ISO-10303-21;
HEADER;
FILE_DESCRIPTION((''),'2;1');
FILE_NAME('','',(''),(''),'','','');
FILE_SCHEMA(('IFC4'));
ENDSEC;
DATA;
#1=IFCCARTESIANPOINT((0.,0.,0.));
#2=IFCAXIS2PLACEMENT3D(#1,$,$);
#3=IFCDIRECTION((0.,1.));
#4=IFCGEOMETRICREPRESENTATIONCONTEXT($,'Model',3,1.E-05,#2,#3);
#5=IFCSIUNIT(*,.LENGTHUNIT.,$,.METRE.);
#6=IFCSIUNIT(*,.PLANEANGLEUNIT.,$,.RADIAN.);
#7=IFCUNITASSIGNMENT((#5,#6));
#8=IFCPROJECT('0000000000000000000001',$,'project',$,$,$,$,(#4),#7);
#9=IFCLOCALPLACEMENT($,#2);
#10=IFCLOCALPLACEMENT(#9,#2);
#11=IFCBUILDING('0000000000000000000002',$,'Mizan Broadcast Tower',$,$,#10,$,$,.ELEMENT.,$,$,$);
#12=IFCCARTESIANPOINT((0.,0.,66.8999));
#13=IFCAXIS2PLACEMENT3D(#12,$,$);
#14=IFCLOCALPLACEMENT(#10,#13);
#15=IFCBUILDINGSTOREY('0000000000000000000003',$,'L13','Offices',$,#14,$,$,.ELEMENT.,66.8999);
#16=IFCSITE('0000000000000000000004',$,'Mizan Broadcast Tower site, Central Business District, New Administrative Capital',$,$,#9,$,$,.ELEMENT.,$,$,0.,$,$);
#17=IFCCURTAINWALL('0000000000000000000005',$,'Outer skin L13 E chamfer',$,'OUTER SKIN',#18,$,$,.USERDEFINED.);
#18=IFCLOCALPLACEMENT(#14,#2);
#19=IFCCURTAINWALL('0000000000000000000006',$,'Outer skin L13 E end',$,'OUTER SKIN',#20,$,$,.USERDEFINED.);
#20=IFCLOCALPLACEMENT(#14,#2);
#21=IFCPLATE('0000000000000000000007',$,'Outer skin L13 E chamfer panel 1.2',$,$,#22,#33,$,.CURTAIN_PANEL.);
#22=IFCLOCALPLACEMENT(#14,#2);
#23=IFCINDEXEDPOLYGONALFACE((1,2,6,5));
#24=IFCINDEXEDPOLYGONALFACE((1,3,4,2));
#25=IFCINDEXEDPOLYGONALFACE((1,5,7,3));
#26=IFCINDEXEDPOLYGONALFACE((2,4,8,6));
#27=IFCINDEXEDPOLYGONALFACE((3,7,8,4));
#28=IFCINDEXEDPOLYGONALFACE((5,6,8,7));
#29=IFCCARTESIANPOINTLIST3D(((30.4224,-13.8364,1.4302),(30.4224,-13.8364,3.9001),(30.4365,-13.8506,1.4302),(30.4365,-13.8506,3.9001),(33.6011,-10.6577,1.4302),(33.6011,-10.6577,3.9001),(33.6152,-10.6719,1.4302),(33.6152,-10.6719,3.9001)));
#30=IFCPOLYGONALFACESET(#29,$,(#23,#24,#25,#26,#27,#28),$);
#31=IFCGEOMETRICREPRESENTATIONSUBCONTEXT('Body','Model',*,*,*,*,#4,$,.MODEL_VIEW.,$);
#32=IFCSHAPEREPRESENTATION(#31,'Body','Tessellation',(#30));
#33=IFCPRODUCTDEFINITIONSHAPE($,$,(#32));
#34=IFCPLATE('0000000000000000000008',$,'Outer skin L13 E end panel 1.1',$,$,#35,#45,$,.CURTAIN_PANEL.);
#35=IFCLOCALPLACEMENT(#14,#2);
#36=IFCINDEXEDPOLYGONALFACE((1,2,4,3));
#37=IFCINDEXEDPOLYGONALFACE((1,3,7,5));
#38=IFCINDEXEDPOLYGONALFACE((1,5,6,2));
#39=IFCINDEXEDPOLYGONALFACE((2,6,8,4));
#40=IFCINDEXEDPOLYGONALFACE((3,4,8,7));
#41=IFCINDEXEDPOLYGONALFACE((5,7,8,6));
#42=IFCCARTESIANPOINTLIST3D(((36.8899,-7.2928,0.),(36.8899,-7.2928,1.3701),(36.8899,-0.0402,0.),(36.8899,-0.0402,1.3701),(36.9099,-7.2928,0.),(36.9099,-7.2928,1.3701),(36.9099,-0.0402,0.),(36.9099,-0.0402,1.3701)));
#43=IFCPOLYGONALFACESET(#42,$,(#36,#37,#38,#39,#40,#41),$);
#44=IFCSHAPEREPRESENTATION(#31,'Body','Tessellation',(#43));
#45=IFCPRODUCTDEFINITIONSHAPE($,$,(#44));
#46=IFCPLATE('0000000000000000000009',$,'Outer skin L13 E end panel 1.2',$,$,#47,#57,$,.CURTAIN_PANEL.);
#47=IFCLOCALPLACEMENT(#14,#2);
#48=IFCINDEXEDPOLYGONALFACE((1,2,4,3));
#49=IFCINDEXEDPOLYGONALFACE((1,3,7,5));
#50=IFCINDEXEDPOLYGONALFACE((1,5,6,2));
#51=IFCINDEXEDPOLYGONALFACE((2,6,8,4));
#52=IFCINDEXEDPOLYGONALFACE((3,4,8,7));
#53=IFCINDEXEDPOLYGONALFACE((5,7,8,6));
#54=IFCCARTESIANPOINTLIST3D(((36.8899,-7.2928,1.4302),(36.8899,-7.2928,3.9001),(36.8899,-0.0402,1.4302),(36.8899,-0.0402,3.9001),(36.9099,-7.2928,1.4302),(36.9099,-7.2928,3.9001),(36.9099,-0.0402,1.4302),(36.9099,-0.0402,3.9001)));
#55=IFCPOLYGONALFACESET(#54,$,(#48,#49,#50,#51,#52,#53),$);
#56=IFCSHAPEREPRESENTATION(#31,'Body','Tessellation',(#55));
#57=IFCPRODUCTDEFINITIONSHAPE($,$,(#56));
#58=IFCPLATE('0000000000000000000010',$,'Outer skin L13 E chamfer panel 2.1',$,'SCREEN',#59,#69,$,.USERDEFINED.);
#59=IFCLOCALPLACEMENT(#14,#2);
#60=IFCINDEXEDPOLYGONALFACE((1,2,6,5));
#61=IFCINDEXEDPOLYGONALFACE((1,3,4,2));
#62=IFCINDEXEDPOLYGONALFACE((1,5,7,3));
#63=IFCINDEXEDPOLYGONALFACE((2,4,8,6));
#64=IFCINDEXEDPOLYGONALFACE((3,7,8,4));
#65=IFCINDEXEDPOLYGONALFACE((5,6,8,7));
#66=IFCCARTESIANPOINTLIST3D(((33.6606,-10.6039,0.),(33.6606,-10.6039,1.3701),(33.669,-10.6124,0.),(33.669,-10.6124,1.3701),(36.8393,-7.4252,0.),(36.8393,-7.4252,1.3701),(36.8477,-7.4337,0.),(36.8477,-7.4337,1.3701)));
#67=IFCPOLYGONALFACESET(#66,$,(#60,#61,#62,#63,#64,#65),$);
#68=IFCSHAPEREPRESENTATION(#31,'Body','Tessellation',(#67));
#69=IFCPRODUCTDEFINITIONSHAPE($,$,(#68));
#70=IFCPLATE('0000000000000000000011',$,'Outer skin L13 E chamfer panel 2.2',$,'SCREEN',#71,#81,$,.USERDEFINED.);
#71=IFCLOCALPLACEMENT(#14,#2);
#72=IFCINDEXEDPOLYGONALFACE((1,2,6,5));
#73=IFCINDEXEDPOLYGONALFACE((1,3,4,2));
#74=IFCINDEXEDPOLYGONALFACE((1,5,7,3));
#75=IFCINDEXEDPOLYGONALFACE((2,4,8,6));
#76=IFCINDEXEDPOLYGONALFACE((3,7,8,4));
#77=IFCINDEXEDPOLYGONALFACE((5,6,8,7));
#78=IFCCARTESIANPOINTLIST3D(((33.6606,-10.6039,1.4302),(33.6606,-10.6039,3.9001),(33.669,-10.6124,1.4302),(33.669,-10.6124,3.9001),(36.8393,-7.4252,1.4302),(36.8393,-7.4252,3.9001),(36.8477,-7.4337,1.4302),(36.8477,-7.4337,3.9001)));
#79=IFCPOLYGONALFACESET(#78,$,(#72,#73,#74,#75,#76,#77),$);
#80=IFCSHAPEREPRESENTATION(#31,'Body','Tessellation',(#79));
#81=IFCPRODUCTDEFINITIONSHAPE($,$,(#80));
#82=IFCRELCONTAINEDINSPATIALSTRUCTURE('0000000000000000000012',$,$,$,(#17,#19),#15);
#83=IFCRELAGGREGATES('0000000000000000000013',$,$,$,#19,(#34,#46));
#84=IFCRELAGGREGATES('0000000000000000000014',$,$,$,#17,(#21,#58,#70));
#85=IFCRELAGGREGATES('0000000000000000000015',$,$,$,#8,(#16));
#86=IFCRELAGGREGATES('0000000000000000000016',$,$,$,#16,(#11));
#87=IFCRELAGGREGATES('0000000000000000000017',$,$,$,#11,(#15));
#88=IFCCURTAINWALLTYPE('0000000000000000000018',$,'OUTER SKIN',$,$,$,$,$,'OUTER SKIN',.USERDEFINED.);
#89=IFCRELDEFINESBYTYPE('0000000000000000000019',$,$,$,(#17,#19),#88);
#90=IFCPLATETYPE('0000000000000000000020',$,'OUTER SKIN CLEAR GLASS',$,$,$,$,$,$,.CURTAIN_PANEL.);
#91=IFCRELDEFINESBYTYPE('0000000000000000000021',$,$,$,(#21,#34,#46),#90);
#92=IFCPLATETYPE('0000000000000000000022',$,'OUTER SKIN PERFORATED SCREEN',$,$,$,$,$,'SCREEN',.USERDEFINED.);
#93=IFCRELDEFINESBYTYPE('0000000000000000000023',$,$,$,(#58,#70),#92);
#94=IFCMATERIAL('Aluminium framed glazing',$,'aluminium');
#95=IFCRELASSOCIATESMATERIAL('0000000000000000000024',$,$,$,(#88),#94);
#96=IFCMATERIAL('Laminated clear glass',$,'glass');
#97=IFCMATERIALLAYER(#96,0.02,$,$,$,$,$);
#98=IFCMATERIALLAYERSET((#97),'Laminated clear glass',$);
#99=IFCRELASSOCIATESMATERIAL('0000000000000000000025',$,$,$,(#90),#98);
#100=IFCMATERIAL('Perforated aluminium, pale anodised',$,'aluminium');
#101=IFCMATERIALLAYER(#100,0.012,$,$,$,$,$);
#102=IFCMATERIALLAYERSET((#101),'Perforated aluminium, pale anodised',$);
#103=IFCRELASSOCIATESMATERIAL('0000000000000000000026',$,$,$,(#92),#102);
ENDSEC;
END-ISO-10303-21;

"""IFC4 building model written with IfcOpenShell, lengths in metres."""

from ifc_helpers import new_model, si_unit, direction, frame, origin, origin_2d, place, context, subcontext, project, spatial, rectangle, extrude, material, layer, layer_set, type_object, element, aggregate, save


model = new_model("IFC4")

# Units and contexts
model_context = context("Model", 3, precision=1e-05, world=origin(), true_north=direction((0.0, 1.0)))
body_context = subcontext(model_context, "Body", "Model", "MODEL_VIEW")
ifc_project = project(units=[si_unit("LENGTHUNIT", "METRE"), si_unit("PLANEANGLEUNIT", "RADIAN")], contexts=[model_context])

# Site, building, storey
site_placement = place(None, origin())
site = spatial("IfcSite", under=ifc_project, at=site_placement, Name="Mizan Broadcast Tower site, Central Business District, New Administrative Capital", CompositionType="ELEMENT", RefElevation=0.0)
building_placement = place(site_placement, origin())
building = spatial("IfcBuilding", under=site, at=building_placement, Name="Mizan Broadcast Tower", CompositionType="ELEMENT")
storey_placement = place(building_placement, frame((0.0, 0.0, 66.8999)))
storey = spatial("IfcBuildingStorey", under=building, at=storey_placement, Name="L13", Description="Offices", CompositionType="ELEMENT", Elevation=66.8999)

# Curtain wall
ifc_material_1 = material(Name="Aluminium framed glazing", Category="aluminium")
curtain_wall_type_1 = type_object("IfcCurtainWallType", Name="OUTER SKIN", ElementType="OUTER SKIN", PredefinedType="USERDEFINED", material=ifc_material_1)
curtain_wall_1_placement = place(storey_placement, origin())
curtain_wall_1 = element("IfcCurtainWall", 1, at=curtain_wall_1_placement, inside=storey, type_object=curtain_wall_type_1, Name="Outer skin L13 E chamfer", ObjectType="OUTER SKIN", PredefinedType="USERDEFINED")

# Curtain wall
curtain_wall_2_placement = place(storey_placement, origin())
curtain_wall_2 = element("IfcCurtainWall", 2, at=curtain_wall_2_placement, inside=storey, type_object=curtain_wall_type_1, Name="Outer skin L13 E end", ObjectType="OUTER SKIN", PredefinedType="USERDEFINED")

# Plates
ifc_material_2 = material(Name="Laminated clear glass", Category="glass")
ifc_layer_1 = layer(ifc_material_2, 0.02)
ifc_layer_set_1 = layer_set([ifc_layer_1], Name="Laminated clear glass")
plate_type_1 = type_object("IfcPlateType", Name="OUTER SKIN CLEAR GLASS", PredefinedType="CURTAIN_PANEL", material=ifc_layer_set_1)
plate_1_placement = place(storey_placement, frame((32.0188, -12.2542, 1.4302), z_axis=(0.0, 0.0, 1.0), x_axis=(0.707107, 0.707107, 0.0)))
plate_1 = element("IfcPlate", 3, at=plate_1_placement, type_object=plate_type_1, Name="Outer skin L13 E chamfer panel 1.2", PredefinedType="CURTAIN_PANEL", context=body_context, shape_type="SweptSolid", body=[
    extrude(rectangle(XDim=4.4954, YDim=0.02, at=origin_2d()), origin(), (0.0, 0.0, 1.0), 2.47),
])
plate_2_placement = place(storey_placement, frame((36.8999, -3.6665, 0.0), z_axis=(0.0, 0.0, 1.0), x_axis=(0.0, 1.0, 0.0)))
plate_2 = element("IfcPlate", 4, at=plate_2_placement, type_object=plate_type_1, Name="Outer skin L13 E end panel 1.1", PredefinedType="CURTAIN_PANEL", context=body_context, shape_type="SweptSolid", body=[
    extrude(rectangle(XDim=7.2527, YDim=0.02, at=origin_2d()), origin(), (0.0, 0.0, 1.0), 1.3701),
])
plate_3_placement = place(storey_placement, frame((36.8999, -3.6665, 1.4302), z_axis=(0.0, 0.0, 1.0), x_axis=(0.0, 1.0, 0.0)))
plate_3 = element("IfcPlate", 5, at=plate_3_placement, type_object=plate_type_1, Name="Outer skin L13 E end panel 1.2", PredefinedType="CURTAIN_PANEL", context=body_context, shape_type="SweptSolid", body=[
    extrude(rectangle(XDim=7.2527, YDim=0.02, at=origin_2d()), origin(), (0.0, 0.0, 1.0), 2.47),
])
aggregate(curtain_wall_2, [plate_2, plate_3])
ifc_material_3 = material(Name="Perforated aluminium, pale anodised", Category="aluminium")
ifc_layer_2 = layer(ifc_material_3, 0.012)
ifc_layer_set_2 = layer_set([ifc_layer_2], Name="Perforated aluminium, pale anodised")
plate_type_2 = type_object("IfcPlateType", Name="OUTER SKIN PERFORATED SCREEN", ElementType="SCREEN", PredefinedType="USERDEFINED", material=ifc_layer_set_2)
plate_4_placement = place(storey_placement, frame((35.2542, -9.0188, 0.0), z_axis=(0.0, 0.0, 1.0), x_axis=(0.707107, 0.707107, 0.0)))
plate_4 = element("IfcPlate", 6, at=plate_4_placement, type_object=plate_type_2, Name="Outer skin L13 E chamfer panel 2.1", ObjectType="SCREEN", PredefinedType="USERDEFINED", context=body_context, shape_type="SweptSolid", body=[
    extrude(rectangle(XDim=4.4954, YDim=0.012, at=origin_2d()), origin(), (0.0, 0.0, 1.0), 1.3701),
])
plate_5_placement = place(storey_placement, frame((35.2542, -9.0188, 1.4302), z_axis=(0.0, 0.0, 1.0), x_axis=(0.707107, 0.707107, 0.0)))
plate_5 = element("IfcPlate", 7, at=plate_5_placement, type_object=plate_type_2, Name="Outer skin L13 E chamfer panel 2.2", ObjectType="SCREEN", PredefinedType="USERDEFINED", context=body_context, shape_type="SweptSolid", body=[
    extrude(rectangle(XDim=4.4954, YDim=0.012, at=origin_2d()), origin(), (0.0, 0.0, 1.0), 2.47),
])
aggregate(curtain_wall_1, [plate_1, plate_4, plate_5])

save(model, "model.ifc")
